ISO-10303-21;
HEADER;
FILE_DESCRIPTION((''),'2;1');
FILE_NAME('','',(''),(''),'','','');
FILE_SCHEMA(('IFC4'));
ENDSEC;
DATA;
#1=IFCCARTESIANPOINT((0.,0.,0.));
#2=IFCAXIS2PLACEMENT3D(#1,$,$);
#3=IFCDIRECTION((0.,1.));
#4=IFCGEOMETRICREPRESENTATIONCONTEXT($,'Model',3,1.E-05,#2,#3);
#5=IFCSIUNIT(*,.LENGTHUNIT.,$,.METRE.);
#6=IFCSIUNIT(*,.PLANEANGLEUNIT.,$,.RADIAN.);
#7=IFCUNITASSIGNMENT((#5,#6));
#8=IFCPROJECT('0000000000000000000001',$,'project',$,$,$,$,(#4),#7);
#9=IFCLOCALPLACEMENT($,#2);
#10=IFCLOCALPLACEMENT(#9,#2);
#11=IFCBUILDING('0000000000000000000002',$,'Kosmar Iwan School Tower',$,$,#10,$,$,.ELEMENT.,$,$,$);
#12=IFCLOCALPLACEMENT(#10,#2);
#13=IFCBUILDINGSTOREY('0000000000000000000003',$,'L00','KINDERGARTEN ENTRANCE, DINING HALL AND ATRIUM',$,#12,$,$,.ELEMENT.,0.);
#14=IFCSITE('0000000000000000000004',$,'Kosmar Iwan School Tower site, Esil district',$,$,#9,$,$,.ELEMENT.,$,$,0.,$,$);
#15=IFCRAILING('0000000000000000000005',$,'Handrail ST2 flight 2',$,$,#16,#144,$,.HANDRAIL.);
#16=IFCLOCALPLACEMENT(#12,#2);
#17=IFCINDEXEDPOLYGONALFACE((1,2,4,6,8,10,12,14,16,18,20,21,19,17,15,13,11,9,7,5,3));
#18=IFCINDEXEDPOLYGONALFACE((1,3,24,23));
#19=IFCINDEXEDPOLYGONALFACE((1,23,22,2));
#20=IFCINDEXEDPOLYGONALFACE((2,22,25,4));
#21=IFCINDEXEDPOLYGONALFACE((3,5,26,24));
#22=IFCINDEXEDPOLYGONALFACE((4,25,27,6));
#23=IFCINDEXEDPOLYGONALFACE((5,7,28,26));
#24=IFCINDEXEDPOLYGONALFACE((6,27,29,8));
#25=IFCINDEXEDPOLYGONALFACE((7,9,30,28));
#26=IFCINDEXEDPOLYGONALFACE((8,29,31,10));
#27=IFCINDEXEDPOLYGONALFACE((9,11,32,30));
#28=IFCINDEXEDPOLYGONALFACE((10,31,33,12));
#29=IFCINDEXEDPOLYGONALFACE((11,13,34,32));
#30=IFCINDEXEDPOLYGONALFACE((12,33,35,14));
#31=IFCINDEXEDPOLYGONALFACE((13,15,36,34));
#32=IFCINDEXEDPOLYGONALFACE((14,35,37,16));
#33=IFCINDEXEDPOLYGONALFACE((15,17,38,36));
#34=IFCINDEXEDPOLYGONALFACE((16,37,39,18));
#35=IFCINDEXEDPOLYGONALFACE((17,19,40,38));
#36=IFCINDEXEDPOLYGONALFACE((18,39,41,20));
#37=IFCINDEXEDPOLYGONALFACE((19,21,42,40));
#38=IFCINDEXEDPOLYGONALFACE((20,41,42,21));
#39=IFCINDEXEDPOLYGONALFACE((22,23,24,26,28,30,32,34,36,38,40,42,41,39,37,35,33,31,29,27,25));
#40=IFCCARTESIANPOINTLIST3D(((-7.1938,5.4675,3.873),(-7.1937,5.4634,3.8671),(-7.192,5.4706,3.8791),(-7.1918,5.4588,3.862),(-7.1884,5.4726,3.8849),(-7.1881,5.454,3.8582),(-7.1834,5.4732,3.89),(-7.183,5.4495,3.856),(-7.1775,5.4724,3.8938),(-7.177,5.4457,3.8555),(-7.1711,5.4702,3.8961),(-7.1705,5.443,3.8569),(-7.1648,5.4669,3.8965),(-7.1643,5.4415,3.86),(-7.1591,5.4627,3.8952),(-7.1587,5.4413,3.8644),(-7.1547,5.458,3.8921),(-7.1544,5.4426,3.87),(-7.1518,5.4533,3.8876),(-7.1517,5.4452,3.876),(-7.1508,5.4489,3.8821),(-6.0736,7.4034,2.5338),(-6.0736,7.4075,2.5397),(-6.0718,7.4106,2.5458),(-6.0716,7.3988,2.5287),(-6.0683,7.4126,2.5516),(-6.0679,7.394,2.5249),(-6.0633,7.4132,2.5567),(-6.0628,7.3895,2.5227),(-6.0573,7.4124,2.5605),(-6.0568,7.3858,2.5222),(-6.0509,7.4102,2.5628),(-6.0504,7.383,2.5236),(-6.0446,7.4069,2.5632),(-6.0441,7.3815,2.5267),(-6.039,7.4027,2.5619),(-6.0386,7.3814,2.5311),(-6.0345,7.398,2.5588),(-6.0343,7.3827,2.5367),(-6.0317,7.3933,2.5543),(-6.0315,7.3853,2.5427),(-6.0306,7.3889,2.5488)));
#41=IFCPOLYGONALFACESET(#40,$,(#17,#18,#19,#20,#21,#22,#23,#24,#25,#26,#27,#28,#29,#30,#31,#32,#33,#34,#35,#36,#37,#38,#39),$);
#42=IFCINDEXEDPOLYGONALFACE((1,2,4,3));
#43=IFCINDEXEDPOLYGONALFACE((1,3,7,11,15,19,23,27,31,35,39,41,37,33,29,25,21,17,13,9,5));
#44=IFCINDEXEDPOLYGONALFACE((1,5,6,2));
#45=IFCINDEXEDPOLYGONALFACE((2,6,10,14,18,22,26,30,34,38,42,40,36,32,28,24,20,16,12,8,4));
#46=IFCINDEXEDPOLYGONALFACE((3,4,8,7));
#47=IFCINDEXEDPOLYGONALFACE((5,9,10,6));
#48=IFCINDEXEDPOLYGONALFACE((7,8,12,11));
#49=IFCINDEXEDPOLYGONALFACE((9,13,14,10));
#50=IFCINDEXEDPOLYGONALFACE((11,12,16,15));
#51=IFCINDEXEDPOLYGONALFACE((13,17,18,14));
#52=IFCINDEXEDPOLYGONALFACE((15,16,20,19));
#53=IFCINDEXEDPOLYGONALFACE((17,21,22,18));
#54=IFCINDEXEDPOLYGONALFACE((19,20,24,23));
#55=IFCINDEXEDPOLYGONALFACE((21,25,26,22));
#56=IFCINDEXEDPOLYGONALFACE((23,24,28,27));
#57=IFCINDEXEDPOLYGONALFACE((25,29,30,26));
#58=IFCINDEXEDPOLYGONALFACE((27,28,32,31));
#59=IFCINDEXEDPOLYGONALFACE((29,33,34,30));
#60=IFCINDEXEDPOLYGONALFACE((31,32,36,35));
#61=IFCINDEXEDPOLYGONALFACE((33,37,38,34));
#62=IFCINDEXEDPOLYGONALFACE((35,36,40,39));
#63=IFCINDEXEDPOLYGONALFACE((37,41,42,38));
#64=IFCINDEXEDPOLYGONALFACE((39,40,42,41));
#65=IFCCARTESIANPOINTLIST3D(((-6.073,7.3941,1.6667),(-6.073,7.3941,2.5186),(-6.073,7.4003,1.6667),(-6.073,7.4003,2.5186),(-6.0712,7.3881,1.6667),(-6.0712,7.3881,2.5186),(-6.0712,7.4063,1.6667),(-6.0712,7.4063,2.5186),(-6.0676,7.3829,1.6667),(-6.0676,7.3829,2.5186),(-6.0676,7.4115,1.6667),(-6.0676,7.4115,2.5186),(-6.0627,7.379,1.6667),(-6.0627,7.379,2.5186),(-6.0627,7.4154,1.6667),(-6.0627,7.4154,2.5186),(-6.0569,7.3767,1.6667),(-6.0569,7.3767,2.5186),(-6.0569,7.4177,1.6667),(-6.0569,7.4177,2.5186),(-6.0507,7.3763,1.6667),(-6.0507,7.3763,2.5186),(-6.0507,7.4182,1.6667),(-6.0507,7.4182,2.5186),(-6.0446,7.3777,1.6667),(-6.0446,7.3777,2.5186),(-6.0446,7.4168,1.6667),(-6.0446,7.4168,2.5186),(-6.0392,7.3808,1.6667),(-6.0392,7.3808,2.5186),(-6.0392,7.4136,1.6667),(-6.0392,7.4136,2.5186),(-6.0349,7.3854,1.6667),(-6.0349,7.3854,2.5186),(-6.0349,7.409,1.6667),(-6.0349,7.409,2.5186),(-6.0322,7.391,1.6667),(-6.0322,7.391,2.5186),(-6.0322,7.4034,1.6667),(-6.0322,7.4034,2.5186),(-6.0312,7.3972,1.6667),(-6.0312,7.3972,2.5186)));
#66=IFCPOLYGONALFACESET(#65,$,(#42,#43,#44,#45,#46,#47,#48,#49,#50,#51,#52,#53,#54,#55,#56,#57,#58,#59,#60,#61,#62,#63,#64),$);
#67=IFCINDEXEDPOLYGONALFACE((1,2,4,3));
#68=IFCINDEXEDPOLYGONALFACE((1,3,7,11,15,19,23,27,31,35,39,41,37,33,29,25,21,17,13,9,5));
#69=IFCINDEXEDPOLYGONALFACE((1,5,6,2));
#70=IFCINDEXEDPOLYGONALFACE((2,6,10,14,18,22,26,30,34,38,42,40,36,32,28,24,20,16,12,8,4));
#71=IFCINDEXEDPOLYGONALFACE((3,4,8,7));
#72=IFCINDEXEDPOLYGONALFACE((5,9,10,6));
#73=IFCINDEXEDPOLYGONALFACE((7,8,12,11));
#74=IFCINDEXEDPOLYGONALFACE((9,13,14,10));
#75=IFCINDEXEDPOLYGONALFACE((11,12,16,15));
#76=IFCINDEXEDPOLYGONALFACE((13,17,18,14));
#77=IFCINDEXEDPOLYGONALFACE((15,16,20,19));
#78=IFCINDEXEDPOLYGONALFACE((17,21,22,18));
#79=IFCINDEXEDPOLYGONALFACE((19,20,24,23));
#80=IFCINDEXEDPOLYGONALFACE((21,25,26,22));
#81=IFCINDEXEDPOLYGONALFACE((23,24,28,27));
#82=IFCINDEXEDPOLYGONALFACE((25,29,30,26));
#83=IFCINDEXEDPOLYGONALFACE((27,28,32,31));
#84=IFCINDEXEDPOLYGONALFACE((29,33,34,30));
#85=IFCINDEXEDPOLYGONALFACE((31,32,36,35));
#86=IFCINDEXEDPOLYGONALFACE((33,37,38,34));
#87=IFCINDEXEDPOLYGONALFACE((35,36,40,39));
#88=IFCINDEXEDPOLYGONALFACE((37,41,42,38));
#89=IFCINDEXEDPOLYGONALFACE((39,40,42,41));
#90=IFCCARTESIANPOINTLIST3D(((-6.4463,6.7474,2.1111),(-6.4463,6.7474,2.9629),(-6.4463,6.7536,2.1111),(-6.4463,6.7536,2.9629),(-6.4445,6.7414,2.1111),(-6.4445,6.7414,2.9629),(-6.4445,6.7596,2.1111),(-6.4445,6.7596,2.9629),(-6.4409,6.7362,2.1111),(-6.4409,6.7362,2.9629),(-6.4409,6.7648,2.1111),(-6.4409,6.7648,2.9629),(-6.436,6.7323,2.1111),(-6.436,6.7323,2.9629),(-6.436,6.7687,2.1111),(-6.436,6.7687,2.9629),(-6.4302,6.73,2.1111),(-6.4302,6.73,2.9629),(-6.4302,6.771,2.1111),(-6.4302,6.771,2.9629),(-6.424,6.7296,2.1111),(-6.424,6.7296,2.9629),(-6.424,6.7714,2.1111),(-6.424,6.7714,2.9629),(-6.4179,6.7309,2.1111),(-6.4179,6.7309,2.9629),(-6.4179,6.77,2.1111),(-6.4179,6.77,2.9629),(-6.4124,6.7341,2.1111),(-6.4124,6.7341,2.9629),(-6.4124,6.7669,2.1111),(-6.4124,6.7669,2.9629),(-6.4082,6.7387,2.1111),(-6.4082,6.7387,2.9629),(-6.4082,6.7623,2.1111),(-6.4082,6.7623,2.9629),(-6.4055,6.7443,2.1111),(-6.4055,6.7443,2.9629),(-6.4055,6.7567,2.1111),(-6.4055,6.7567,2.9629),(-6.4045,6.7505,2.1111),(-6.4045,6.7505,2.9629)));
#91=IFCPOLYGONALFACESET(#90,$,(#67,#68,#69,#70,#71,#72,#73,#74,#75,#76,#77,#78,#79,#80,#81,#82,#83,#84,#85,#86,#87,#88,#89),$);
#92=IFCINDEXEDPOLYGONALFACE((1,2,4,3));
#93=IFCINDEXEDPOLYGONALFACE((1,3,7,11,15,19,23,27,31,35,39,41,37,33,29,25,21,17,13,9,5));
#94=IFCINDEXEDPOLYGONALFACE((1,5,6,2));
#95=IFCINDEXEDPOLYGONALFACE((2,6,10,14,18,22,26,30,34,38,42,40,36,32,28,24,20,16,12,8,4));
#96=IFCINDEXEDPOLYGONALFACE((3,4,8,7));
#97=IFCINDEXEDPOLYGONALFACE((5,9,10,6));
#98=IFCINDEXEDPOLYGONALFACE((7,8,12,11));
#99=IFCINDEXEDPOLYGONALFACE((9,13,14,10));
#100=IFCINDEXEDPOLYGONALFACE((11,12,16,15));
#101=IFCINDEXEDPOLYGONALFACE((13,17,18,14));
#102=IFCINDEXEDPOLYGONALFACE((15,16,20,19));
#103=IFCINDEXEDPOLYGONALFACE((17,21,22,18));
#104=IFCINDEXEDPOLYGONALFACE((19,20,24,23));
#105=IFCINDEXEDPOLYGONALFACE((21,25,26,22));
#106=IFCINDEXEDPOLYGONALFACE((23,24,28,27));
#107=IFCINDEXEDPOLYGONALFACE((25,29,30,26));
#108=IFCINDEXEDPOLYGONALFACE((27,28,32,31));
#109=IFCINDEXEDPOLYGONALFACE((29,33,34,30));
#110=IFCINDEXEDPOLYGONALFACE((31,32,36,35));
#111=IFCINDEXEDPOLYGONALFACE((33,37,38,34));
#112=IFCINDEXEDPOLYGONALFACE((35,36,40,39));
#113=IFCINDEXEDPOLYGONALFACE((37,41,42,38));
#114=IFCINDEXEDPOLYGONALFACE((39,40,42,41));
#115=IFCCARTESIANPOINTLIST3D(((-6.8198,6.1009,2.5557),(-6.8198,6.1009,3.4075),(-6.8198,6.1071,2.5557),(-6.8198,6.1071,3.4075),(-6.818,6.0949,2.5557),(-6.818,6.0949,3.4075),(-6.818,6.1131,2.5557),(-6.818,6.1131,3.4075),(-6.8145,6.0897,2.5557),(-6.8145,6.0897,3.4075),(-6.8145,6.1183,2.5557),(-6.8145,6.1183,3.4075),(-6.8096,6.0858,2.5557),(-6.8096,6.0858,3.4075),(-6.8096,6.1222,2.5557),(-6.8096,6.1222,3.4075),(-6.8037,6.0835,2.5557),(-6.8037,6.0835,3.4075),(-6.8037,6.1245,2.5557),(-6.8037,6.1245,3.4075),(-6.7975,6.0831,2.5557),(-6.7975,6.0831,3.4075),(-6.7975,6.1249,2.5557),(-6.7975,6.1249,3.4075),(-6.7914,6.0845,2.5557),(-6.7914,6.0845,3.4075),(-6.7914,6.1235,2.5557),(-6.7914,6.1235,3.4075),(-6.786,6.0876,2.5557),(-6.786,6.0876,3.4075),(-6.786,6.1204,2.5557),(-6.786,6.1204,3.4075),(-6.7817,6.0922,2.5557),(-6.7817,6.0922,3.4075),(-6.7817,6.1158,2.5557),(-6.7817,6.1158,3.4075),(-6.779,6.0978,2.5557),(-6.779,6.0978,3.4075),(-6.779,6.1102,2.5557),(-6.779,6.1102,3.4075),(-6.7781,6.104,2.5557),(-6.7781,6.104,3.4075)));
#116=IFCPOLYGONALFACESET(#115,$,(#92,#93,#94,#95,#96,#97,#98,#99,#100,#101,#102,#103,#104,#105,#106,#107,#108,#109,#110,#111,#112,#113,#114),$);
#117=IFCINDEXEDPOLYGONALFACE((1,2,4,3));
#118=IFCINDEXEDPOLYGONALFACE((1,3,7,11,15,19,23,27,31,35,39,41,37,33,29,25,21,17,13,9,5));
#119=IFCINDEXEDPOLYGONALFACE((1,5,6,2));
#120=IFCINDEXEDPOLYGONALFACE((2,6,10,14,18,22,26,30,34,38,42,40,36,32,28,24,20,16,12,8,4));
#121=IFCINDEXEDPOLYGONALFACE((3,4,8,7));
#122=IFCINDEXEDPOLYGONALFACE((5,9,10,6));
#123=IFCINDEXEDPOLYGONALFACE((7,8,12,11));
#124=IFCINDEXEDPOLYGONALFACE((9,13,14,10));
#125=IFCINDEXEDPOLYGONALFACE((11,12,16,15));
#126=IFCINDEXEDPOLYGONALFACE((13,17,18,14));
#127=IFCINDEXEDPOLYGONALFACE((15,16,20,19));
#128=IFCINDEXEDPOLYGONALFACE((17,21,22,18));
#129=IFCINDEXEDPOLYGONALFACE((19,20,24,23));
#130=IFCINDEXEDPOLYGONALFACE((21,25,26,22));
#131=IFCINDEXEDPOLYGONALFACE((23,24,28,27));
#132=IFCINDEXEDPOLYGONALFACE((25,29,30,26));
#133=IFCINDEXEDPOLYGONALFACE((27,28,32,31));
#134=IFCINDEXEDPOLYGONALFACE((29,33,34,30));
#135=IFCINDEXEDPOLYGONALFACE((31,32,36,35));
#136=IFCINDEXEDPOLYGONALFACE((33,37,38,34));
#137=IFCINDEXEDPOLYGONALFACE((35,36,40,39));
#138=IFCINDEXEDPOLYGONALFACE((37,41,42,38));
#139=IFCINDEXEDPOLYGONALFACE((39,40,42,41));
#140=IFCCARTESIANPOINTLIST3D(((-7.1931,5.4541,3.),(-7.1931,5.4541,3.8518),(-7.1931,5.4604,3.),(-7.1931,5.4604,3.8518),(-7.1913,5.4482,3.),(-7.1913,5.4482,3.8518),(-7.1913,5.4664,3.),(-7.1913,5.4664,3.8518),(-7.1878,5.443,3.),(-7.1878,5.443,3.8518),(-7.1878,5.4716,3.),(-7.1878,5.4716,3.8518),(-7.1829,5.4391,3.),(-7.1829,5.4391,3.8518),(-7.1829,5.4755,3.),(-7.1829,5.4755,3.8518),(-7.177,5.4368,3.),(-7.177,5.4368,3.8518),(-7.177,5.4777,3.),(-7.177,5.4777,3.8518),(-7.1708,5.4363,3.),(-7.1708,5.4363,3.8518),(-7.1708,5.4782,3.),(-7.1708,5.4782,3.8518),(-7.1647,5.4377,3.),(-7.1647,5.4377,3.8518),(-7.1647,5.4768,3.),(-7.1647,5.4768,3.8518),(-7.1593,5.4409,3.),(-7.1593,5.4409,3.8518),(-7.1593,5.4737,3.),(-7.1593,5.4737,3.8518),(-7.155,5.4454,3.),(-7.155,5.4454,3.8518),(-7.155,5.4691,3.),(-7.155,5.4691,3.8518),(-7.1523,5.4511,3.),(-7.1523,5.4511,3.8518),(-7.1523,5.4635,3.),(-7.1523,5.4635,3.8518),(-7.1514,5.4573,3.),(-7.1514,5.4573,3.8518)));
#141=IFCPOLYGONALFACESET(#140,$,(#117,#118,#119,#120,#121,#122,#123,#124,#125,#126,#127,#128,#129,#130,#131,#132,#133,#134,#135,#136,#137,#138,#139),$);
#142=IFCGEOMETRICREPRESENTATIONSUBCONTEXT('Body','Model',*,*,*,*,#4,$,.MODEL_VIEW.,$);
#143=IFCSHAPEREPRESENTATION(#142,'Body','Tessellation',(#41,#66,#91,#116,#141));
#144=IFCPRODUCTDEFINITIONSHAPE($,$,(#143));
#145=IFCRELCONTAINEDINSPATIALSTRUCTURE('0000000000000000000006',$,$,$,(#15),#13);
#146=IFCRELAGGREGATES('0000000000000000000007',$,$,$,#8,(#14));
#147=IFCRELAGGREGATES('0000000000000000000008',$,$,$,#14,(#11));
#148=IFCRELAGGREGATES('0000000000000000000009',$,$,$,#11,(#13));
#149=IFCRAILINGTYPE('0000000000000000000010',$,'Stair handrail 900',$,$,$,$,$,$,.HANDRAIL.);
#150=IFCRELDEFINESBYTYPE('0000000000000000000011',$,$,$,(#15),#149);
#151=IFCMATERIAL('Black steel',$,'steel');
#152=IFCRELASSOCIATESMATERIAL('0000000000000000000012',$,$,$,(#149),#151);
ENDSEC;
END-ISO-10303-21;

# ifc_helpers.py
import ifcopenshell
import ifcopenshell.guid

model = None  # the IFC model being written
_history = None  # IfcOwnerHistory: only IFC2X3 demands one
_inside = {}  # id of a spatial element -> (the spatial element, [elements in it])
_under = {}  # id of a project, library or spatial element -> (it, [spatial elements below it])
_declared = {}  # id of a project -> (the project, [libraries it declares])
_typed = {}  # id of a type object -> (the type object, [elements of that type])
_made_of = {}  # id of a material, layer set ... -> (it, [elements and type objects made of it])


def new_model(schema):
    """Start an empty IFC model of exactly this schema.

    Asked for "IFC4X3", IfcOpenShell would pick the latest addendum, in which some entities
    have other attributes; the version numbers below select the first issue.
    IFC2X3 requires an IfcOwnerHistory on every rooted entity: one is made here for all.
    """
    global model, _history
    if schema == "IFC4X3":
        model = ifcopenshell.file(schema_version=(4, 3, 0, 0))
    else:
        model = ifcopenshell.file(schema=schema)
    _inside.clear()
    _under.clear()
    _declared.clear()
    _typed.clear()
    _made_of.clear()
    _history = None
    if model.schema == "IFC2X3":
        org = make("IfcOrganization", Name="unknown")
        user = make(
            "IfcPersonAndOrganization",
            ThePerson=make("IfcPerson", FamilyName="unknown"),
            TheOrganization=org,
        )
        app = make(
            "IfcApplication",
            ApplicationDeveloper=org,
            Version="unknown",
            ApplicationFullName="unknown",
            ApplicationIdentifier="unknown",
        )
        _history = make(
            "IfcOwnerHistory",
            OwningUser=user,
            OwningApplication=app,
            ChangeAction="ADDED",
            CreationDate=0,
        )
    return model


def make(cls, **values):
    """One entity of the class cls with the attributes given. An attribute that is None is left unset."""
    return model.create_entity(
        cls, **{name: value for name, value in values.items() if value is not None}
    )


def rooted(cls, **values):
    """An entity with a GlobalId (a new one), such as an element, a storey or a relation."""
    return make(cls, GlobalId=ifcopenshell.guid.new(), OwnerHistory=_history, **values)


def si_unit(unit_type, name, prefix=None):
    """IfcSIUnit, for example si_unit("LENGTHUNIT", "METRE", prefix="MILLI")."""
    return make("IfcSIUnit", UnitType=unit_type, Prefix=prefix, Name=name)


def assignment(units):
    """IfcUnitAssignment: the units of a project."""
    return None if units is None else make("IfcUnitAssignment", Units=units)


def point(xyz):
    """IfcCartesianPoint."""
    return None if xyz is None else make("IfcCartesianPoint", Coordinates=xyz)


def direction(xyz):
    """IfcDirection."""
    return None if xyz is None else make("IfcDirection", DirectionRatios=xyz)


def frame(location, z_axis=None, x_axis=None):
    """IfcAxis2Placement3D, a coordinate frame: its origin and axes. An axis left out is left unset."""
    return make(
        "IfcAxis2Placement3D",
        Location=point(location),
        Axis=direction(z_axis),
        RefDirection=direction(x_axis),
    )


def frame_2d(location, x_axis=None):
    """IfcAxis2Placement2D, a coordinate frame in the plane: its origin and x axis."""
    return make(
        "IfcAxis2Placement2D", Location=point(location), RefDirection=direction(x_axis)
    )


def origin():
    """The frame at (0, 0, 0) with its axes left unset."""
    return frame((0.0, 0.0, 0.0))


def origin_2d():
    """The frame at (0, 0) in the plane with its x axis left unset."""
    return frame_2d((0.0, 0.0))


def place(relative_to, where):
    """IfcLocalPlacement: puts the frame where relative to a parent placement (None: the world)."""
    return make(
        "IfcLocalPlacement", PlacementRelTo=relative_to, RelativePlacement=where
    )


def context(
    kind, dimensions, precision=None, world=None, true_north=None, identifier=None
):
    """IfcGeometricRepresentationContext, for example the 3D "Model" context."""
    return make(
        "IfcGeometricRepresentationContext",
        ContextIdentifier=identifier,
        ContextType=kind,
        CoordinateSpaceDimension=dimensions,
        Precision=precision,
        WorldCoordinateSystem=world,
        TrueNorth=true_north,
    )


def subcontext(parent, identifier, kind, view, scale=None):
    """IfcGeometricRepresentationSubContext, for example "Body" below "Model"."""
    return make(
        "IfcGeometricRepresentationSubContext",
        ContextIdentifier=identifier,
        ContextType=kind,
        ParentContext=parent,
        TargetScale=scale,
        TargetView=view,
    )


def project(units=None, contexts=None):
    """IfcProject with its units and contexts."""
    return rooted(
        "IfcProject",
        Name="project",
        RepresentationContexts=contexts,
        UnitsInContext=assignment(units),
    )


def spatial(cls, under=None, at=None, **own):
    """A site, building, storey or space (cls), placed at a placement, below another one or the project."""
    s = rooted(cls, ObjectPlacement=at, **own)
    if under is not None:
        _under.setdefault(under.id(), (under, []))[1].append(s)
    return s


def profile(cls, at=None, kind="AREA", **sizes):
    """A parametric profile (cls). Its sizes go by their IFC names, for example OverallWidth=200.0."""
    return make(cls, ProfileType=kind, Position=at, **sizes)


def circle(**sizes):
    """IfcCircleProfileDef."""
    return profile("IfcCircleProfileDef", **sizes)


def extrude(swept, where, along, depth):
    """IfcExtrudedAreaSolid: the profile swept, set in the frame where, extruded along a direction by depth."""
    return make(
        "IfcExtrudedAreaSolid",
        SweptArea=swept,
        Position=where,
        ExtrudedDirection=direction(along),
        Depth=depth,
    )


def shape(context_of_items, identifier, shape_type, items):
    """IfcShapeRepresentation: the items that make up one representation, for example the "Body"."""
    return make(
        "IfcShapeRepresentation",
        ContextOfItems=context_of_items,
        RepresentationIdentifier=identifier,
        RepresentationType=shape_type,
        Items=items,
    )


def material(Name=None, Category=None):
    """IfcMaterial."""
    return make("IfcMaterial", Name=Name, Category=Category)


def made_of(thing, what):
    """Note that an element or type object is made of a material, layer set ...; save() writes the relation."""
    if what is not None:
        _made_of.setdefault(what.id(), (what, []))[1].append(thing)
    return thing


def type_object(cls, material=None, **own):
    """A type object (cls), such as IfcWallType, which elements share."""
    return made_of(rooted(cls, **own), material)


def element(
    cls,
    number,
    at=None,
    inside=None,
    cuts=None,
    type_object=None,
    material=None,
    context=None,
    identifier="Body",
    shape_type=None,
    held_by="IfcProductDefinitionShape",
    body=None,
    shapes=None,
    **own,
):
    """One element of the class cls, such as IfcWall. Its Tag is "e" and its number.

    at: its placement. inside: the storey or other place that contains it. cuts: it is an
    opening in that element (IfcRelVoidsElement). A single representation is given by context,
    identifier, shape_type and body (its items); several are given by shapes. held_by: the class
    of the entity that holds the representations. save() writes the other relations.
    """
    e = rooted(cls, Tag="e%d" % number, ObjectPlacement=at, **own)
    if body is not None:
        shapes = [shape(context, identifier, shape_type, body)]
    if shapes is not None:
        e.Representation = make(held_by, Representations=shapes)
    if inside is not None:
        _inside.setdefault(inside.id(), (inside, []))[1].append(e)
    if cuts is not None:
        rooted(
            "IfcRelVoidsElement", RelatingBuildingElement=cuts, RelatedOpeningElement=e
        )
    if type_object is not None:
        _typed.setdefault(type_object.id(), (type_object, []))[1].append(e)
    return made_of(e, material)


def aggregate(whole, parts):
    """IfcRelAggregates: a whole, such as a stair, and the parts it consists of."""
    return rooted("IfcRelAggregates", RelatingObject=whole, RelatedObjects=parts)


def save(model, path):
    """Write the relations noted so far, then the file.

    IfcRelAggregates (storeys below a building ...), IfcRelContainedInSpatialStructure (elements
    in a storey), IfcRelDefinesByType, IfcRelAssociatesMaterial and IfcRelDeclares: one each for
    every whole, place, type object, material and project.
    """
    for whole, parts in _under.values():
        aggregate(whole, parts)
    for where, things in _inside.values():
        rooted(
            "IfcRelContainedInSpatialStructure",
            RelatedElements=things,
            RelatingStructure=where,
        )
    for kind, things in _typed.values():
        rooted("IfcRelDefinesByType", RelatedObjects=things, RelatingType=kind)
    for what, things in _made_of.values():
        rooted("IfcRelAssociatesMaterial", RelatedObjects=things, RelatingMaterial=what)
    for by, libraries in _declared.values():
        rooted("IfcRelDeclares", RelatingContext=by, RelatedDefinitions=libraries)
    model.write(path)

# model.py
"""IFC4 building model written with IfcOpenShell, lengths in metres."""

from ifc_helpers import new_model, si_unit, direction, frame, origin, origin_2d, place, context, subcontext, project, spatial, circle, extrude, material, type_object, element, save


model = new_model("IFC4")

# Units and contexts
model_context = context("Model", 3, precision=1e-05, world=origin(), true_north=direction((0.0, 1.0)))
body_context = subcontext(model_context, "Body", "Model", "MODEL_VIEW")
ifc_project = project(units=[si_unit("LENGTHUNIT", "METRE"), si_unit("PLANEANGLEUNIT", "RADIAN")], contexts=[model_context])

# Site, building, storey
site_placement = place(None, origin())
site = spatial("IfcSite", under=ifc_project, at=site_placement, Name="Kosmar Iwan School Tower site, Esil district", CompositionType="ELEMENT", RefElevation=0.0)
building_placement = place(site_placement, origin())
building = spatial("IfcBuilding", under=site, at=building_placement, Name="Kosmar Iwan School Tower", CompositionType="ELEMENT")
storey_placement = place(building_placement, origin())
storey = spatial("IfcBuildingStorey", under=building, at=storey_placement, Name="L00", Description="KINDERGARTEN ENTRANCE, DINING HALL AND ATRIUM", CompositionType="ELEMENT", Elevation=0.0)

# Railing
ifc_material_1 = material(Name="Black steel", Category="steel")
railing_type = type_object("IfcRailingType", Name="Stair handrail 900", PredefinedType="HANDRAIL", material=ifc_material_1)
for number, where, name in (
    (1, (-6.0522, 7.3972, 1.6667), "Handrail ST2 flight 2"),
):
    element("IfcRailing", number, at=place(storey_placement, frame(where)), inside=storey, type_object=railing_type, Name=name, PredefinedType="HANDRAIL", context=body_context, shape_type="SweptSolid", body=[
        extrude(circle(Radius=0.0239, at=origin_2d()), frame((0.0, 0.0, 0.876), z_axis=(-0.429684, -0.744175, 0.511444), x_axis=(0.866008, -0.500031, 0.0)), (0.0, 0.0, 1.0), 2.6069),
        extrude(circle(Radius=0.021, at=origin_2d()), origin(), (0.0, 0.0, 1.0), 0.8518),
        extrude(circle(Radius=0.021, at=origin_2d()), frame((-0.3733, -0.6467, 0.4443)), (0.0, 0.0, 1.0), 0.8518),
        extrude(circle(Radius=0.021, at=origin_2d()), frame((-0.7468, -1.2932, 0.8889)), (0.0, 0.0, 1.0), 0.8518),
        extrude(circle(Radius=0.021, at=origin_2d()), frame((-1.1201, -1.9399, 1.3333)), (0.0, 0.0, 1.0), 0.8518),
    ])

save(model, "model.ifc")
